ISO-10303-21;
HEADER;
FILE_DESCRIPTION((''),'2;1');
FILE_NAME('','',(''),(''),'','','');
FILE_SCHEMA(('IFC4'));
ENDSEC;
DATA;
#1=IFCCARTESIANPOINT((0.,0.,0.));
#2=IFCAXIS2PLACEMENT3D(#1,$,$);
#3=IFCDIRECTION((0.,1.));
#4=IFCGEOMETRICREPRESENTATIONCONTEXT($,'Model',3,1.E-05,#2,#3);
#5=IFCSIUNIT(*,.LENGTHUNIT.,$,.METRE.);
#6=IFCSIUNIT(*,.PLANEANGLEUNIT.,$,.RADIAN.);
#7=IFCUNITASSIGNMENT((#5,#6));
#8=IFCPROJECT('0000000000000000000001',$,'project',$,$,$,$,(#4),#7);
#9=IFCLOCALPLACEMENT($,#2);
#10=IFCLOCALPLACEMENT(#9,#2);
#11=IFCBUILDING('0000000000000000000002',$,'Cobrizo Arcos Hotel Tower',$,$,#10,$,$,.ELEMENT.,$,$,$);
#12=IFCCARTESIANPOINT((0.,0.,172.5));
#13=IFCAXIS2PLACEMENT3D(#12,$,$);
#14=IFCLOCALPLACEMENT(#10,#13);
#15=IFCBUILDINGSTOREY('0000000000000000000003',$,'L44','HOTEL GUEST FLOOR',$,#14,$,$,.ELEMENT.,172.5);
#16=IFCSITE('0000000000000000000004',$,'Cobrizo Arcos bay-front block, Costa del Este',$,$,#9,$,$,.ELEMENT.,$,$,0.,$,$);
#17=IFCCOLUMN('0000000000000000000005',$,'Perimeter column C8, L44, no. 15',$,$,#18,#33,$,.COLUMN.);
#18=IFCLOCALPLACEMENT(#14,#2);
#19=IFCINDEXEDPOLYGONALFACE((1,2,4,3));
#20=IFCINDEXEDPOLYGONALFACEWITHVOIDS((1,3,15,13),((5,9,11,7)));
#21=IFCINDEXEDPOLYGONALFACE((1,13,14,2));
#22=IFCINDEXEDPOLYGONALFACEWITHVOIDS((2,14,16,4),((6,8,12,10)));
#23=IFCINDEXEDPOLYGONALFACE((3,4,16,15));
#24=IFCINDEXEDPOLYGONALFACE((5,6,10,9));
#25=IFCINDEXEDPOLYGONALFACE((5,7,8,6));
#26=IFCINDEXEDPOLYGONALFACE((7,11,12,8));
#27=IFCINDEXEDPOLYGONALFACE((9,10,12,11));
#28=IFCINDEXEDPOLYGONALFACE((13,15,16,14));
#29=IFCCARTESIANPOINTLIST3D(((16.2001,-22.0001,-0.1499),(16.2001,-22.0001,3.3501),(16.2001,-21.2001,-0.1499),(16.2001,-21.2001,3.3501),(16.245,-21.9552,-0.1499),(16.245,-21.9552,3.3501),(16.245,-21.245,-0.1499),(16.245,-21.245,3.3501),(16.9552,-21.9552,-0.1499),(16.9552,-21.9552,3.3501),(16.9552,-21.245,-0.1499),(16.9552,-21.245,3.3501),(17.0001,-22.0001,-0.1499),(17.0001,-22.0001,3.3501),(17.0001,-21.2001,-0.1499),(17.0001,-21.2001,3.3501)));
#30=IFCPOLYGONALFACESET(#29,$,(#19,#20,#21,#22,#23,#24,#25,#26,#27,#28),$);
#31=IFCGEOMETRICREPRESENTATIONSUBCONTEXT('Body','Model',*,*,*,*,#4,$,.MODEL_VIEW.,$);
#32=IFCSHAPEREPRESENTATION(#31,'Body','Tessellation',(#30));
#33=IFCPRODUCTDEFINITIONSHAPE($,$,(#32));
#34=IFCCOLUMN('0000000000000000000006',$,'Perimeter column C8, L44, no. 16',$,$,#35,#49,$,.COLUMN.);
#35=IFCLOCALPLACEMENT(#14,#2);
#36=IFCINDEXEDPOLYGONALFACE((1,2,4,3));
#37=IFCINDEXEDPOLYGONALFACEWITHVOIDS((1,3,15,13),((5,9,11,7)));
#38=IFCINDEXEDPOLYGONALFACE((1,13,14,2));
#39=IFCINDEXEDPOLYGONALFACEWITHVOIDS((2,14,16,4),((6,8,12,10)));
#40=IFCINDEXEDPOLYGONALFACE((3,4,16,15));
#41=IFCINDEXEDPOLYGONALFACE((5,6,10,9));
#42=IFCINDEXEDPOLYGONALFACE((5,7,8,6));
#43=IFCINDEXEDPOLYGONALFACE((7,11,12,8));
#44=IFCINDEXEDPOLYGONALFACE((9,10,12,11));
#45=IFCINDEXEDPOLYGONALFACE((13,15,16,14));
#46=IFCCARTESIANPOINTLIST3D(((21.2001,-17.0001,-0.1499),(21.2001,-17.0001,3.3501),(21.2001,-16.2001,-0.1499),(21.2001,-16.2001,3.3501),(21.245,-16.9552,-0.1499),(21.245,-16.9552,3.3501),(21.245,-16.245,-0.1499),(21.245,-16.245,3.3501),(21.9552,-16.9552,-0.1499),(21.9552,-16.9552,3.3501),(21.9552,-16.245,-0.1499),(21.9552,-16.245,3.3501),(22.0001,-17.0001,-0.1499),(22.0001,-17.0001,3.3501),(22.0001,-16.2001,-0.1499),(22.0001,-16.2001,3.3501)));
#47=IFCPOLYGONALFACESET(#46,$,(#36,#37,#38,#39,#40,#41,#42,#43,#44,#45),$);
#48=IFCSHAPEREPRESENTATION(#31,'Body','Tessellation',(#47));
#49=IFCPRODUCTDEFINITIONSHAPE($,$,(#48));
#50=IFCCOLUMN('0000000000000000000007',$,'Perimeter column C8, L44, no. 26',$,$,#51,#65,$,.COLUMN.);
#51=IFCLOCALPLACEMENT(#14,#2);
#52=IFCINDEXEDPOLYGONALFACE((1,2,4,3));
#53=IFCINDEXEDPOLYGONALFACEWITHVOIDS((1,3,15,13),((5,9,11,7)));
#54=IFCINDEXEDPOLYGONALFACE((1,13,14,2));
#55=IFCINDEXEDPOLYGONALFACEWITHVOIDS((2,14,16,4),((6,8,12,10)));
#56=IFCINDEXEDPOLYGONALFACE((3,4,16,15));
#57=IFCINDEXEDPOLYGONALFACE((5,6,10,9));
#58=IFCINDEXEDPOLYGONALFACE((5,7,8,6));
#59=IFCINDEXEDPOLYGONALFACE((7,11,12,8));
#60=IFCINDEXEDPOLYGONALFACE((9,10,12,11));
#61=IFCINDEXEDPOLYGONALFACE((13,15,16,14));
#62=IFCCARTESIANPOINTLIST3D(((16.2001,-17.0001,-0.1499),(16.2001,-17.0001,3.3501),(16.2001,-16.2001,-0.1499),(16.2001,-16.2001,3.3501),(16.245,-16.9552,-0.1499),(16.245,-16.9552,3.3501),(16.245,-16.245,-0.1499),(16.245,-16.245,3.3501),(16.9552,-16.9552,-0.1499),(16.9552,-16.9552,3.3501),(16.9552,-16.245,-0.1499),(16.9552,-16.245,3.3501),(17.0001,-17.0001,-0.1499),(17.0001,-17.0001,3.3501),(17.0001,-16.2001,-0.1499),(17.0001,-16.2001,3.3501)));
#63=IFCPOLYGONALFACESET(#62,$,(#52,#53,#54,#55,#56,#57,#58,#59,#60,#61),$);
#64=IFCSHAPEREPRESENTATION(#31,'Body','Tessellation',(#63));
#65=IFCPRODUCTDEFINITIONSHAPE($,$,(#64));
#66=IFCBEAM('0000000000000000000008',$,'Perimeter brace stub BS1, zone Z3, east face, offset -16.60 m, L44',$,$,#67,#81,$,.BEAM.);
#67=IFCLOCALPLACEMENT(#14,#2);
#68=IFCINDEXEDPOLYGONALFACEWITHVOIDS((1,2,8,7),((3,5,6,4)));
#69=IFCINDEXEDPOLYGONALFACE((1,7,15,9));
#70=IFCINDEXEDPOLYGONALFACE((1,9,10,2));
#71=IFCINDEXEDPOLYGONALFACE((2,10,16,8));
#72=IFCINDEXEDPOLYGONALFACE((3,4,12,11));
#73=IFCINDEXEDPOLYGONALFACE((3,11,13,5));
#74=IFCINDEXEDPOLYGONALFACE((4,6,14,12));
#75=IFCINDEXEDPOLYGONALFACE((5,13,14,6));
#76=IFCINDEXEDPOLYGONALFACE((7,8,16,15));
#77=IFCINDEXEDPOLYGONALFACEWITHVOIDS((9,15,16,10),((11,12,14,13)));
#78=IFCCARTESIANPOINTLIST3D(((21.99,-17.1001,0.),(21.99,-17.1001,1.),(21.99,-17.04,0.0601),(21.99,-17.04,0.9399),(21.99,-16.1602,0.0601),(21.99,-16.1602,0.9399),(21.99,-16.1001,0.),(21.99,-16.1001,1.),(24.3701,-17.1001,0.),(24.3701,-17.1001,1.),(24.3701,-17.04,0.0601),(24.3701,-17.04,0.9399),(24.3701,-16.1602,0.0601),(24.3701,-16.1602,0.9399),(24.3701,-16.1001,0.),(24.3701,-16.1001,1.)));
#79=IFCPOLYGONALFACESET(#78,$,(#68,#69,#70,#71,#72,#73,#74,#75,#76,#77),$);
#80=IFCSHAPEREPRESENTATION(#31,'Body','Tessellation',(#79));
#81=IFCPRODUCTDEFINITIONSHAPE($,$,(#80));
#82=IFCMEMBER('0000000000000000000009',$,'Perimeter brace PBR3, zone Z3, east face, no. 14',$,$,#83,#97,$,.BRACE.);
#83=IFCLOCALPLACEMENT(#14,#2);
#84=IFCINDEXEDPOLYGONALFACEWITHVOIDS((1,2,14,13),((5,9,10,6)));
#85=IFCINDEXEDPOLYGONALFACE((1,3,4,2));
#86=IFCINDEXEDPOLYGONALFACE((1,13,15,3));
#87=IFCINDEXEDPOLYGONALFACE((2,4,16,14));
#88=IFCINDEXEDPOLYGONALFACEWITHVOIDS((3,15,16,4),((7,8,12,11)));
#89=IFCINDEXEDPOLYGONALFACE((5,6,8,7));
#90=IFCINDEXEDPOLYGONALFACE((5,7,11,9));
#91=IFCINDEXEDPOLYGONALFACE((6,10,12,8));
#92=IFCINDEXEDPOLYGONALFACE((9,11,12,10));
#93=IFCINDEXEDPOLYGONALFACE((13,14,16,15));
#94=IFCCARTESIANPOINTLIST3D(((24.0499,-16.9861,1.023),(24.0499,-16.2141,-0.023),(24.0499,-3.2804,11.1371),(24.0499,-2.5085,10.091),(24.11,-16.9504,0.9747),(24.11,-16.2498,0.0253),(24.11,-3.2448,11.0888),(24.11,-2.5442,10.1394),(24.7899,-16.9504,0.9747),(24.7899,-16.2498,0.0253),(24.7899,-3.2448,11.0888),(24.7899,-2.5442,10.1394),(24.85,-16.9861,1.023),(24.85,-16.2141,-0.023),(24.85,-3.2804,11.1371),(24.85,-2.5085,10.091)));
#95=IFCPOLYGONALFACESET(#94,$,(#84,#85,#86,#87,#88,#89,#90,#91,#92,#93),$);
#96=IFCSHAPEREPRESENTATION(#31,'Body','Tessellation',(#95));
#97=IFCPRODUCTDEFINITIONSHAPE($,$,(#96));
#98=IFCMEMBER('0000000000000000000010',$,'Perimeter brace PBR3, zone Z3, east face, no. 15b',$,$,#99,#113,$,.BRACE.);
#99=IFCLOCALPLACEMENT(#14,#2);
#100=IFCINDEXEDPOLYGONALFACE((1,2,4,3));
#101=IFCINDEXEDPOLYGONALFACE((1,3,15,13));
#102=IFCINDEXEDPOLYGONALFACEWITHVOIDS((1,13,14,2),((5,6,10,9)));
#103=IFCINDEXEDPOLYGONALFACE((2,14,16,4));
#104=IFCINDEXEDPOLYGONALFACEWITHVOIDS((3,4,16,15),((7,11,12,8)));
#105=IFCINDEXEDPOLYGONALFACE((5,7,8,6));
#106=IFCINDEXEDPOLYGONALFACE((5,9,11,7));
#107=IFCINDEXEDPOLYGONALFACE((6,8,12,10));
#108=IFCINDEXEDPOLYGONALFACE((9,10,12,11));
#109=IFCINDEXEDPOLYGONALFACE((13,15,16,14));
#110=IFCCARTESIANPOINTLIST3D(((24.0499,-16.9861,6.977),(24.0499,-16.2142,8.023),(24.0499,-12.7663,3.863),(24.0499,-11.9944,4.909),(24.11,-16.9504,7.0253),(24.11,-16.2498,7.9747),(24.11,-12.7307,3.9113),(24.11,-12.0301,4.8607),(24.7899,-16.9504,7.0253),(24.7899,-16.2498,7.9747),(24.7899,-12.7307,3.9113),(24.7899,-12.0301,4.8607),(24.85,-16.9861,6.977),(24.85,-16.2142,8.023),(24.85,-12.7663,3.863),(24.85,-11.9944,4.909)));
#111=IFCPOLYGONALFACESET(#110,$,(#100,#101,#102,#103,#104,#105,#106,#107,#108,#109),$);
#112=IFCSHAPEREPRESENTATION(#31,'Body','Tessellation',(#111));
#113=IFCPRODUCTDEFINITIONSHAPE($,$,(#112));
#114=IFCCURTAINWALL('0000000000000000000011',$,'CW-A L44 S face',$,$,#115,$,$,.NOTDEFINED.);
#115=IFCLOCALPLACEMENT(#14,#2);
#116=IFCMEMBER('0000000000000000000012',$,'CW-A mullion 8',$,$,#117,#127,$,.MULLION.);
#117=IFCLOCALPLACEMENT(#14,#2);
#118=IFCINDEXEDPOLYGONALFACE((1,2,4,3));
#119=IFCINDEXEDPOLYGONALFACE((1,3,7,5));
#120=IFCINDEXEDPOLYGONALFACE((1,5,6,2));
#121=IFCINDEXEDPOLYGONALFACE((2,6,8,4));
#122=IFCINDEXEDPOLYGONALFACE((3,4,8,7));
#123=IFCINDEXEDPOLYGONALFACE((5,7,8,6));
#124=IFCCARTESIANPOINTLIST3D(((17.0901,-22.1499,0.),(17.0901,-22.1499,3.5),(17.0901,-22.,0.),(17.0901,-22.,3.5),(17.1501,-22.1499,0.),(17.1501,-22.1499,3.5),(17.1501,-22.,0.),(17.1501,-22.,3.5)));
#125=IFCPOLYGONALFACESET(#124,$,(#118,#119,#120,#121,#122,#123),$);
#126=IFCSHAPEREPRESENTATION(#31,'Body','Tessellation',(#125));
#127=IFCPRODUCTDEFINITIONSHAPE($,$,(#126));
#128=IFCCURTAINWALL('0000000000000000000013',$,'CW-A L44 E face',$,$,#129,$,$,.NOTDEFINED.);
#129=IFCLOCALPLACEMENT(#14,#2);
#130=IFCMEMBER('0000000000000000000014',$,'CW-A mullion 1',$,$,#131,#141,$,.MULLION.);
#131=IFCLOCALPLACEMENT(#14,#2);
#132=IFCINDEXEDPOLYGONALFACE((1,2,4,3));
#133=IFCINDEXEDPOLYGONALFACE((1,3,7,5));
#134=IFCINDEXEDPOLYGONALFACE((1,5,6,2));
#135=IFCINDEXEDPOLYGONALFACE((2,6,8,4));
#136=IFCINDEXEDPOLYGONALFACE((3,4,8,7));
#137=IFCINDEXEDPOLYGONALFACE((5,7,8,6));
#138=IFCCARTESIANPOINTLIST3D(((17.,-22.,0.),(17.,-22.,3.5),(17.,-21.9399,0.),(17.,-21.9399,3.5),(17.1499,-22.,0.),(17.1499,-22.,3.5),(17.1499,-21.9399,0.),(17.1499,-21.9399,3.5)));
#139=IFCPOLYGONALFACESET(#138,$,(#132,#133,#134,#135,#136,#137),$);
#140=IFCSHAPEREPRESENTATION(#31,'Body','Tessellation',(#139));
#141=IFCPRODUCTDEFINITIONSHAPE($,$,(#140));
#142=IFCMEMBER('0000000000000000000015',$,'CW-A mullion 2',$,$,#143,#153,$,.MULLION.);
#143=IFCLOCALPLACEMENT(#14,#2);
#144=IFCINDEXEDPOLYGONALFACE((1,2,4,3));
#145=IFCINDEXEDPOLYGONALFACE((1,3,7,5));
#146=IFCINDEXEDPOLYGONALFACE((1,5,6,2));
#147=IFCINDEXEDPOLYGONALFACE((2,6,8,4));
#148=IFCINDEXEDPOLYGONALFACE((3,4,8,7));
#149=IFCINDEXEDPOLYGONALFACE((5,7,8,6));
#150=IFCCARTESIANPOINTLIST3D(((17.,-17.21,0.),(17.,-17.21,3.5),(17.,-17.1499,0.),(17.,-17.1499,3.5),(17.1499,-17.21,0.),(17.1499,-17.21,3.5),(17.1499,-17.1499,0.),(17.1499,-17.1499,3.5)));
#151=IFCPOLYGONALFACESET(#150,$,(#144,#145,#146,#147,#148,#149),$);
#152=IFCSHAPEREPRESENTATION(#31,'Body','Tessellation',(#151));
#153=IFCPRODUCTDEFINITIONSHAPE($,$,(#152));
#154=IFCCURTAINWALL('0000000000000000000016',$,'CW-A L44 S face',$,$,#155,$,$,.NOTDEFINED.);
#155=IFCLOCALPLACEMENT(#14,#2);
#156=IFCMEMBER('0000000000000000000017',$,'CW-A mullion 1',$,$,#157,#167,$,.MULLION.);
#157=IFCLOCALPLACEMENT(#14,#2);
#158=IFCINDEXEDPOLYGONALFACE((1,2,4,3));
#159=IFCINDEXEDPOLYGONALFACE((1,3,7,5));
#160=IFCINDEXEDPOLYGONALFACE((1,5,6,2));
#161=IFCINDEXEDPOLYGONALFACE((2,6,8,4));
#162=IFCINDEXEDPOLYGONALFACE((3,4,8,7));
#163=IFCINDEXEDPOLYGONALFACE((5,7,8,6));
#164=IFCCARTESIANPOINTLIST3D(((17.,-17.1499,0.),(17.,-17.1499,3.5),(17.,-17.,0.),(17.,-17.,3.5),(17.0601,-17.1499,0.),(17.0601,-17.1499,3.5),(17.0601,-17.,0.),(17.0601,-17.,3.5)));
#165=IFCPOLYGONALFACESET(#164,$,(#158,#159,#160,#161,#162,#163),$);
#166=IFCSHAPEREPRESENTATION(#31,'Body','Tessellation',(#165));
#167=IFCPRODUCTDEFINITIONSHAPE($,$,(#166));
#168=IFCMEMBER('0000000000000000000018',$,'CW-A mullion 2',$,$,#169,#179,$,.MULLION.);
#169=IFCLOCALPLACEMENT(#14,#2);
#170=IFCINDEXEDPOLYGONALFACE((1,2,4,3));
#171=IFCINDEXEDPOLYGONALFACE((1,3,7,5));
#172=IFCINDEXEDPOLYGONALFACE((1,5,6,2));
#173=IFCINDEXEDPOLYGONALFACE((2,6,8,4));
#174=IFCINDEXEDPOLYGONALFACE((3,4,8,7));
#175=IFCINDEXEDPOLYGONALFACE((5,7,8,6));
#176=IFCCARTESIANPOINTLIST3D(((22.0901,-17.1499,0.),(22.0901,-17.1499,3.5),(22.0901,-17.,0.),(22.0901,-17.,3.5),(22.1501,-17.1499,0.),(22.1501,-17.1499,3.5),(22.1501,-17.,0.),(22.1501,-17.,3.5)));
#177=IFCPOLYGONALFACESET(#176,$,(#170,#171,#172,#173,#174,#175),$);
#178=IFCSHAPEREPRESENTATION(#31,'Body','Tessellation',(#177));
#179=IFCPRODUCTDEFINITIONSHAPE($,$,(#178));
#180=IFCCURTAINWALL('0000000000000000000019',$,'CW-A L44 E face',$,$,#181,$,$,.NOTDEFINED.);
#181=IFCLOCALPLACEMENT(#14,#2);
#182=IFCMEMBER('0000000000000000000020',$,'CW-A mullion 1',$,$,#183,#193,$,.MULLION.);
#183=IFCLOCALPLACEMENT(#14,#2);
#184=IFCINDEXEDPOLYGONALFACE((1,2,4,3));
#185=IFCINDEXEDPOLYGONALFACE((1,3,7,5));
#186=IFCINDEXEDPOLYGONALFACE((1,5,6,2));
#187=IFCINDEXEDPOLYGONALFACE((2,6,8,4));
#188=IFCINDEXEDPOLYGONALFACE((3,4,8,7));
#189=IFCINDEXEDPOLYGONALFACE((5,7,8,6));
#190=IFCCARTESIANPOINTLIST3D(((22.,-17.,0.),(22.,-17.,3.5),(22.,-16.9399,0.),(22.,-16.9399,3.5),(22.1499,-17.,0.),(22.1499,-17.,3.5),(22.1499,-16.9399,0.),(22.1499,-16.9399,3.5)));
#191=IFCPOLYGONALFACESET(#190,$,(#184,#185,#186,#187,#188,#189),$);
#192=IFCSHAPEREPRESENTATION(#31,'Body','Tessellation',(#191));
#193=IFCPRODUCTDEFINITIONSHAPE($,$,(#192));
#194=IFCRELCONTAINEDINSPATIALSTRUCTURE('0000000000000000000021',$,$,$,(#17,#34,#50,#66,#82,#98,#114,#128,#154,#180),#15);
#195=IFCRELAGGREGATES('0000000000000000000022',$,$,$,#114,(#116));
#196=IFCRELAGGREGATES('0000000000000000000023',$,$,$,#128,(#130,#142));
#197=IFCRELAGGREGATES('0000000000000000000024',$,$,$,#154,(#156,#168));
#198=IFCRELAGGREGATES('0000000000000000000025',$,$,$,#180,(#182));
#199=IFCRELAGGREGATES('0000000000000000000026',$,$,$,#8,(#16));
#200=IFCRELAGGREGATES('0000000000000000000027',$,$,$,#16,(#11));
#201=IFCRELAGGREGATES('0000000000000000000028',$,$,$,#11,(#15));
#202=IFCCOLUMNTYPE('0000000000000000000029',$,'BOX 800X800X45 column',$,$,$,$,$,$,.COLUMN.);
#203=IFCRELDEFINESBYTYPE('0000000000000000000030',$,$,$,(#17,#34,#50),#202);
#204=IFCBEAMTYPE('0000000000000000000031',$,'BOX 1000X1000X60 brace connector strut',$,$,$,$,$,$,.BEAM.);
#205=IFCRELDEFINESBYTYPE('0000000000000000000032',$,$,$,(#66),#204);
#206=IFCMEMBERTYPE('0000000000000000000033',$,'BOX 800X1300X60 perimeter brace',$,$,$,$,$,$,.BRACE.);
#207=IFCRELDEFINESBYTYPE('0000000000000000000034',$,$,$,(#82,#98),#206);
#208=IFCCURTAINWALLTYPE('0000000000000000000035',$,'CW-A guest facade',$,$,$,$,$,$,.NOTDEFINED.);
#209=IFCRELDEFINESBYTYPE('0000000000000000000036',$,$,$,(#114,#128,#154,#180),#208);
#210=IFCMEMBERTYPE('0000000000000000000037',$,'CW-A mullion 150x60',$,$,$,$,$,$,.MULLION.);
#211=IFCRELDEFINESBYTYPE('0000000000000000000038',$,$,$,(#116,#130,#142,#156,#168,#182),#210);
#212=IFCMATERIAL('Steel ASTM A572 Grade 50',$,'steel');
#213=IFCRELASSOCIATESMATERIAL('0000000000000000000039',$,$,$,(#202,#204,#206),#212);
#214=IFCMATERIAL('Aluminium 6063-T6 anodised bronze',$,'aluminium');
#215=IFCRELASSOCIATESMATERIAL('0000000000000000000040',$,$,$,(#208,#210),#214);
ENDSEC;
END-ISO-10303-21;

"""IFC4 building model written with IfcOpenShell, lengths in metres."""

from ifc_helpers import new_model, si_unit, direction, frame, origin, origin_2d, place, context, subcontext, project, spatial, rectangle, hollow_rectangle, extrude, material, material_profile, profile_set, type_object, element, aggregate, save


model = new_model("IFC4")

# Units and contexts
model_context = context("Model", 3, precision=1e-05, world=origin(), true_north=direction((0.0, 1.0)))
body_context = subcontext(model_context, "Body", "Model", "MODEL_VIEW")
ifc_project = project(units=[si_unit("LENGTHUNIT", "METRE"), si_unit("PLANEANGLEUNIT", "RADIAN")], contexts=[model_context])

# Site, building, storey
site_placement = place(None, origin())
site = spatial("IfcSite", under=ifc_project, at=site_placement, Name="Cobrizo Arcos bay-front block, Costa del Este", CompositionType="ELEMENT", RefElevation=0.0)
building_placement = place(site_placement, origin())
building = spatial("IfcBuilding", under=site, at=building_placement, Name="Cobrizo Arcos Hotel Tower", CompositionType="ELEMENT")
storey_placement = place(building_placement, frame((0.0, 0.0, 172.5)))
storey = spatial("IfcBuildingStorey", under=building, at=storey_placement, Name="L44", Description="HOTEL GUEST FLOOR", CompositionType="ELEMENT", Elevation=172.5)

# Columns
ifc_material_1 = material(Name="Steel ASTM A572 Grade 50", Category="steel")
ifc_material_profile_1 = material_profile(ifc_material_1, hollow_rectangle(XDim=0.8, YDim=0.8, WallThickness=0.0449, at=origin_2d()), Name="BOX 800X800X45")
ifc_profile_set_1 = profile_set([ifc_material_profile_1], Name="Steel ASTM A572 Grade 50")
column_type = type_object("IfcColumnType", Name="BOX 800X800X45 column", PredefinedType="COLUMN", material=ifc_profile_set_1)
for number, where, z_axis, x_axis, name in (
    (1, (16.6001, -21.6001, -0.1499), (0.0, 0.0, 1.0), (1.0, 0.0, 0.0), "Perimeter column C8, L44, no. 15"),
    (2, (21.6001, -16.6001, -0.1499), (0.0, 0.0, 1.0), (1.0, 0.0, 0.0), "Perimeter column C8, L44, no. 16"),
    (3, (16.6001, -16.6001, -0.1499), (0.0, 0.0, 1.0), (1.0, 0.0, 0.0), "Perimeter column C8, L44, no. 26"),
):
    element("IfcColumn", number, at=place(storey_placement, frame(where, z_axis=z_axis, x_axis=x_axis)), inside=storey, type_object=column_type, Name=name, PredefinedType="COLUMN", context=body_context, shape_type="SweptSolid", body=[
        extrude(hollow_rectangle(XDim=0.8, YDim=0.8, WallThickness=0.0449, at=origin_2d()), origin(), (0.0, 0.0, 1.0), 3.5),
    ])

# Beam
ifc_material_profile_2 = material_profile(ifc_material_1, hollow_rectangle(XDim=1.0, YDim=1.0, WallThickness=0.0601, at=origin_2d()), Name="BOX 1000X1000X60")
ifc_profile_set_2 = profile_set([ifc_material_profile_2], Name="Steel ASTM A572 Grade 50")
beam_type_1 = type_object("IfcBeamType", Name="BOX 1000X1000X60 brace connector strut", PredefinedType="BEAM", material=ifc_profile_set_2)
beam_1_placement = place(storey_placement, frame((21.99, -16.6001, 0.5), z_axis=(1.0, 0.0, 0.0), x_axis=(0.0, 1.0, 0.0)))
element("IfcBeam", 4, at=beam_1_placement, inside=storey, type_object=beam_type_1, Name="Perimeter brace stub BS1, zone Z3, east face, offset -16.60 m, L44", PredefinedType="BEAM", context=body_context, shape_type="SweptSolid", body=[
    extrude(hollow_rectangle(XDim=1.0, YDim=1.0, WallThickness=0.0601, at=origin_2d()), origin(), (0.0, 0.0, 1.0), 2.3801),
])

# Members
ifc_material_profile_3 = material_profile(ifc_material_1, hollow_rectangle(XDim=0.8, YDim=1.3, WallThickness=0.0601, at=origin_2d()), Name="BOX 800X1300X60")
ifc_profile_set_3 = profile_set([ifc_material_profile_3], Name="Steel ASTM A572 Grade 50")
member_type_1 = type_object("IfcMemberType", Name="BOX 800X1300X60 perimeter brace", PredefinedType="BRACE", material=ifc_profile_set_3)
member_1_placement = place(storey_placement, frame((24.45, -16.6001, 0.5), z_axis=(0.0, 0.80463, 0.593776), x_axis=(-1.0, 0.0, 0.0)))
element("IfcMember", 5, at=member_1_placement, inside=storey, type_object=member_type_1, Name="Perimeter brace PBR3, zone Z3, east face, no. 14", PredefinedType="BRACE", context=body_context, shape_type="SweptSolid", body=[
    extrude(hollow_rectangle(XDim=0.8, YDim=1.3, WallThickness=0.0601, at=origin_2d()), origin(), (0.0, 0.0, 1.0), 17.0334),
])
member_2_placement = place(storey_placement, frame((24.45, -12.3804, 4.386), z_axis=(0.0, -0.804624, 0.593785), x_axis=(1.0, 0.0, 0.0)))
element("IfcMember", 6, at=member_2_placement, inside=storey, type_object=member_type_1, Name="Perimeter brace PBR3, zone Z3, east face, no. 15b", PredefinedType="BRACE", context=body_context, shape_type="SweptSolid", body=[
    extrude(hollow_rectangle(XDim=0.8, YDim=1.3, WallThickness=0.0601, at=origin_2d()), origin(), (0.0, 0.0, 1.0), 5.2444),
])

# Curtain wall, member
ifc_material_2 = material(Name="Aluminium 6063-T6 anodised bronze", Category="aluminium")
curtain_wall_type = type_object("IfcCurtainWallType", Name="CW-A guest facade", PredefinedType="NOTDEFINED", material=ifc_material_2)
curtain_wall_1_placement = place(storey_placement, origin())
curtain_wall_1 = element("IfcCurtainWall", 7, at=curtain_wall_1_placement, inside=storey, type_object=curtain_wall_type, Name="CW-A L44 S face", PredefinedType="NOTDEFINED")
ifc_material_profile_4 = material_profile(ifc_material_2, rectangle(XDim=0.1499, YDim=0.0601, at=origin_2d()), Name="CW-A mullion 150x60")
ifc_profile_set_4 = profile_set([ifc_material_profile_4], Name="Aluminium 6063-T6 anodised bronze")
member_type_2 = type_object("IfcMemberType", Name="CW-A mullion 150x60", PredefinedType="MULLION", material=ifc_profile_set_4)
member_3_placement = place(storey_placement, frame((17.1201, -22.075, 0.0), z_axis=(0.0, 0.0, 1.0), x_axis=(0.0, -1.0, 0.0)))
member_3 = element("IfcMember", 8, at=member_3_placement, type_object=member_type_2, Name="CW-A mullion 8", PredefinedType="MULLION", context=body_context, shape_type="SweptSolid", body=[
    extrude(rectangle(XDim=0.1499, YDim=0.0601, at=origin_2d()), origin(), (0.0, 0.0, 1.0), 3.5),
])
aggregate(curtain_wall_1, [member_3])

# Curtain walls, members
curtain_wall_2_placement = place(storey_placement, origin())
curtain_wall_2 = element("IfcCurtainWall", 9, at=curtain_wall_2_placement, inside=storey, type_object=curtain_wall_type, Name="CW-A L44 E face", PredefinedType="NOTDEFINED")
member_4_placement = place(storey_placement, frame((17.075, -21.97, 0.0), z_axis=(0.0, 0.0, 1.0), x_axis=(1.0, 0.0, 0.0)))
member_4 = element("IfcMember", 10, at=member_4_placement, type_object=member_type_2, Name="CW-A mullion 1", PredefinedType="MULLION", context=body_context, shape_type="SweptSolid", body=[
    extrude(rectangle(XDim=0.1499, YDim=0.0601, at=origin_2d()), origin(), (0.0, 0.0, 1.0), 3.5),
])
member_5_placement = place(storey_placement, frame((17.075, -17.1799, 0.0), z_axis=(0.0, 0.0, 1.0), x_axis=(1.0, 0.0, 0.0)))
member_5 = element("IfcMember", 11, at=member_5_placement, type_object=member_type_2, Name="CW-A mullion 2", PredefinedType="MULLION", context=body_context, shape_type="SweptSolid", body=[
    extrude(rectangle(XDim=0.1499, YDim=0.0601, at=origin_2d()), origin(), (0.0, 0.0, 1.0), 3.5),
])
curtain_wall_3_placement = place(storey_placement, origin())
curtain_wall_3 = element("IfcCurtainWall", 12, at=curtain_wall_3_placement, inside=storey, type_object=curtain_wall_type, Name="CW-A L44 S face", PredefinedType="NOTDEFINED")
member_6_placement = place(storey_placement, frame((17.03, -17.075, 0.0), z_axis=(0.0, 0.0, 1.0), x_axis=(0.0, -1.0, 0.0)))
member_6 = element("IfcMember", 13, at=member_6_placement, type_object=member_type_2, Name="CW-A mullion 1", PredefinedType="MULLION", context=body_context, shape_type="SweptSolid", body=[
    extrude(rectangle(XDim=0.1499, YDim=0.0601, at=origin_2d()), origin(), (0.0, 0.0, 1.0), 3.5),
])
member_7_placement = place(storey_placement, frame((22.1201, -17.075, 0.0), z_axis=(0.0, 0.0, 1.0), x_axis=(0.0, -1.0, 0.0)))
member_7 = element("IfcMember", 14, at=member_7_placement, type_object=member_type_2, Name="CW-A mullion 2", PredefinedType="MULLION", context=body_context, shape_type="SweptSolid", body=[
    extrude(rectangle(XDim=0.1499, YDim=0.0601, at=origin_2d()), origin(), (0.0, 0.0, 1.0), 3.5),
])

# Curtain wall, member
curtain_wall_4_placement = place(storey_placement, origin())
curtain_wall_4 = element("IfcCurtainWall", 15, at=curtain_wall_4_placement, inside=storey, type_object=curtain_wall_type, Name="CW-A L44 E face", PredefinedType="NOTDEFINED")
member_8_placement = place(storey_placement, frame((22.075, -16.97, 0.0), z_axis=(0.0, 0.0, 1.0), x_axis=(1.0, 0.0, 0.0)))
member_8 = element("IfcMember", 16, at=member_8_placement, type_object=member_type_2, Name="CW-A mullion 1", PredefinedType="MULLION", context=body_context, shape_type="SweptSolid", body=[
    extrude(rectangle(XDim=0.1499, YDim=0.0601, at=origin_2d()), origin(), (0.0, 0.0, 1.0), 3.5),
])

aggregate(curtain_wall_2, [member_4, member_5])
aggregate(curtain_wall_3, [member_6, member_7])
aggregate(curtain_wall_4, [member_8])

save(model, "model.ifc")
